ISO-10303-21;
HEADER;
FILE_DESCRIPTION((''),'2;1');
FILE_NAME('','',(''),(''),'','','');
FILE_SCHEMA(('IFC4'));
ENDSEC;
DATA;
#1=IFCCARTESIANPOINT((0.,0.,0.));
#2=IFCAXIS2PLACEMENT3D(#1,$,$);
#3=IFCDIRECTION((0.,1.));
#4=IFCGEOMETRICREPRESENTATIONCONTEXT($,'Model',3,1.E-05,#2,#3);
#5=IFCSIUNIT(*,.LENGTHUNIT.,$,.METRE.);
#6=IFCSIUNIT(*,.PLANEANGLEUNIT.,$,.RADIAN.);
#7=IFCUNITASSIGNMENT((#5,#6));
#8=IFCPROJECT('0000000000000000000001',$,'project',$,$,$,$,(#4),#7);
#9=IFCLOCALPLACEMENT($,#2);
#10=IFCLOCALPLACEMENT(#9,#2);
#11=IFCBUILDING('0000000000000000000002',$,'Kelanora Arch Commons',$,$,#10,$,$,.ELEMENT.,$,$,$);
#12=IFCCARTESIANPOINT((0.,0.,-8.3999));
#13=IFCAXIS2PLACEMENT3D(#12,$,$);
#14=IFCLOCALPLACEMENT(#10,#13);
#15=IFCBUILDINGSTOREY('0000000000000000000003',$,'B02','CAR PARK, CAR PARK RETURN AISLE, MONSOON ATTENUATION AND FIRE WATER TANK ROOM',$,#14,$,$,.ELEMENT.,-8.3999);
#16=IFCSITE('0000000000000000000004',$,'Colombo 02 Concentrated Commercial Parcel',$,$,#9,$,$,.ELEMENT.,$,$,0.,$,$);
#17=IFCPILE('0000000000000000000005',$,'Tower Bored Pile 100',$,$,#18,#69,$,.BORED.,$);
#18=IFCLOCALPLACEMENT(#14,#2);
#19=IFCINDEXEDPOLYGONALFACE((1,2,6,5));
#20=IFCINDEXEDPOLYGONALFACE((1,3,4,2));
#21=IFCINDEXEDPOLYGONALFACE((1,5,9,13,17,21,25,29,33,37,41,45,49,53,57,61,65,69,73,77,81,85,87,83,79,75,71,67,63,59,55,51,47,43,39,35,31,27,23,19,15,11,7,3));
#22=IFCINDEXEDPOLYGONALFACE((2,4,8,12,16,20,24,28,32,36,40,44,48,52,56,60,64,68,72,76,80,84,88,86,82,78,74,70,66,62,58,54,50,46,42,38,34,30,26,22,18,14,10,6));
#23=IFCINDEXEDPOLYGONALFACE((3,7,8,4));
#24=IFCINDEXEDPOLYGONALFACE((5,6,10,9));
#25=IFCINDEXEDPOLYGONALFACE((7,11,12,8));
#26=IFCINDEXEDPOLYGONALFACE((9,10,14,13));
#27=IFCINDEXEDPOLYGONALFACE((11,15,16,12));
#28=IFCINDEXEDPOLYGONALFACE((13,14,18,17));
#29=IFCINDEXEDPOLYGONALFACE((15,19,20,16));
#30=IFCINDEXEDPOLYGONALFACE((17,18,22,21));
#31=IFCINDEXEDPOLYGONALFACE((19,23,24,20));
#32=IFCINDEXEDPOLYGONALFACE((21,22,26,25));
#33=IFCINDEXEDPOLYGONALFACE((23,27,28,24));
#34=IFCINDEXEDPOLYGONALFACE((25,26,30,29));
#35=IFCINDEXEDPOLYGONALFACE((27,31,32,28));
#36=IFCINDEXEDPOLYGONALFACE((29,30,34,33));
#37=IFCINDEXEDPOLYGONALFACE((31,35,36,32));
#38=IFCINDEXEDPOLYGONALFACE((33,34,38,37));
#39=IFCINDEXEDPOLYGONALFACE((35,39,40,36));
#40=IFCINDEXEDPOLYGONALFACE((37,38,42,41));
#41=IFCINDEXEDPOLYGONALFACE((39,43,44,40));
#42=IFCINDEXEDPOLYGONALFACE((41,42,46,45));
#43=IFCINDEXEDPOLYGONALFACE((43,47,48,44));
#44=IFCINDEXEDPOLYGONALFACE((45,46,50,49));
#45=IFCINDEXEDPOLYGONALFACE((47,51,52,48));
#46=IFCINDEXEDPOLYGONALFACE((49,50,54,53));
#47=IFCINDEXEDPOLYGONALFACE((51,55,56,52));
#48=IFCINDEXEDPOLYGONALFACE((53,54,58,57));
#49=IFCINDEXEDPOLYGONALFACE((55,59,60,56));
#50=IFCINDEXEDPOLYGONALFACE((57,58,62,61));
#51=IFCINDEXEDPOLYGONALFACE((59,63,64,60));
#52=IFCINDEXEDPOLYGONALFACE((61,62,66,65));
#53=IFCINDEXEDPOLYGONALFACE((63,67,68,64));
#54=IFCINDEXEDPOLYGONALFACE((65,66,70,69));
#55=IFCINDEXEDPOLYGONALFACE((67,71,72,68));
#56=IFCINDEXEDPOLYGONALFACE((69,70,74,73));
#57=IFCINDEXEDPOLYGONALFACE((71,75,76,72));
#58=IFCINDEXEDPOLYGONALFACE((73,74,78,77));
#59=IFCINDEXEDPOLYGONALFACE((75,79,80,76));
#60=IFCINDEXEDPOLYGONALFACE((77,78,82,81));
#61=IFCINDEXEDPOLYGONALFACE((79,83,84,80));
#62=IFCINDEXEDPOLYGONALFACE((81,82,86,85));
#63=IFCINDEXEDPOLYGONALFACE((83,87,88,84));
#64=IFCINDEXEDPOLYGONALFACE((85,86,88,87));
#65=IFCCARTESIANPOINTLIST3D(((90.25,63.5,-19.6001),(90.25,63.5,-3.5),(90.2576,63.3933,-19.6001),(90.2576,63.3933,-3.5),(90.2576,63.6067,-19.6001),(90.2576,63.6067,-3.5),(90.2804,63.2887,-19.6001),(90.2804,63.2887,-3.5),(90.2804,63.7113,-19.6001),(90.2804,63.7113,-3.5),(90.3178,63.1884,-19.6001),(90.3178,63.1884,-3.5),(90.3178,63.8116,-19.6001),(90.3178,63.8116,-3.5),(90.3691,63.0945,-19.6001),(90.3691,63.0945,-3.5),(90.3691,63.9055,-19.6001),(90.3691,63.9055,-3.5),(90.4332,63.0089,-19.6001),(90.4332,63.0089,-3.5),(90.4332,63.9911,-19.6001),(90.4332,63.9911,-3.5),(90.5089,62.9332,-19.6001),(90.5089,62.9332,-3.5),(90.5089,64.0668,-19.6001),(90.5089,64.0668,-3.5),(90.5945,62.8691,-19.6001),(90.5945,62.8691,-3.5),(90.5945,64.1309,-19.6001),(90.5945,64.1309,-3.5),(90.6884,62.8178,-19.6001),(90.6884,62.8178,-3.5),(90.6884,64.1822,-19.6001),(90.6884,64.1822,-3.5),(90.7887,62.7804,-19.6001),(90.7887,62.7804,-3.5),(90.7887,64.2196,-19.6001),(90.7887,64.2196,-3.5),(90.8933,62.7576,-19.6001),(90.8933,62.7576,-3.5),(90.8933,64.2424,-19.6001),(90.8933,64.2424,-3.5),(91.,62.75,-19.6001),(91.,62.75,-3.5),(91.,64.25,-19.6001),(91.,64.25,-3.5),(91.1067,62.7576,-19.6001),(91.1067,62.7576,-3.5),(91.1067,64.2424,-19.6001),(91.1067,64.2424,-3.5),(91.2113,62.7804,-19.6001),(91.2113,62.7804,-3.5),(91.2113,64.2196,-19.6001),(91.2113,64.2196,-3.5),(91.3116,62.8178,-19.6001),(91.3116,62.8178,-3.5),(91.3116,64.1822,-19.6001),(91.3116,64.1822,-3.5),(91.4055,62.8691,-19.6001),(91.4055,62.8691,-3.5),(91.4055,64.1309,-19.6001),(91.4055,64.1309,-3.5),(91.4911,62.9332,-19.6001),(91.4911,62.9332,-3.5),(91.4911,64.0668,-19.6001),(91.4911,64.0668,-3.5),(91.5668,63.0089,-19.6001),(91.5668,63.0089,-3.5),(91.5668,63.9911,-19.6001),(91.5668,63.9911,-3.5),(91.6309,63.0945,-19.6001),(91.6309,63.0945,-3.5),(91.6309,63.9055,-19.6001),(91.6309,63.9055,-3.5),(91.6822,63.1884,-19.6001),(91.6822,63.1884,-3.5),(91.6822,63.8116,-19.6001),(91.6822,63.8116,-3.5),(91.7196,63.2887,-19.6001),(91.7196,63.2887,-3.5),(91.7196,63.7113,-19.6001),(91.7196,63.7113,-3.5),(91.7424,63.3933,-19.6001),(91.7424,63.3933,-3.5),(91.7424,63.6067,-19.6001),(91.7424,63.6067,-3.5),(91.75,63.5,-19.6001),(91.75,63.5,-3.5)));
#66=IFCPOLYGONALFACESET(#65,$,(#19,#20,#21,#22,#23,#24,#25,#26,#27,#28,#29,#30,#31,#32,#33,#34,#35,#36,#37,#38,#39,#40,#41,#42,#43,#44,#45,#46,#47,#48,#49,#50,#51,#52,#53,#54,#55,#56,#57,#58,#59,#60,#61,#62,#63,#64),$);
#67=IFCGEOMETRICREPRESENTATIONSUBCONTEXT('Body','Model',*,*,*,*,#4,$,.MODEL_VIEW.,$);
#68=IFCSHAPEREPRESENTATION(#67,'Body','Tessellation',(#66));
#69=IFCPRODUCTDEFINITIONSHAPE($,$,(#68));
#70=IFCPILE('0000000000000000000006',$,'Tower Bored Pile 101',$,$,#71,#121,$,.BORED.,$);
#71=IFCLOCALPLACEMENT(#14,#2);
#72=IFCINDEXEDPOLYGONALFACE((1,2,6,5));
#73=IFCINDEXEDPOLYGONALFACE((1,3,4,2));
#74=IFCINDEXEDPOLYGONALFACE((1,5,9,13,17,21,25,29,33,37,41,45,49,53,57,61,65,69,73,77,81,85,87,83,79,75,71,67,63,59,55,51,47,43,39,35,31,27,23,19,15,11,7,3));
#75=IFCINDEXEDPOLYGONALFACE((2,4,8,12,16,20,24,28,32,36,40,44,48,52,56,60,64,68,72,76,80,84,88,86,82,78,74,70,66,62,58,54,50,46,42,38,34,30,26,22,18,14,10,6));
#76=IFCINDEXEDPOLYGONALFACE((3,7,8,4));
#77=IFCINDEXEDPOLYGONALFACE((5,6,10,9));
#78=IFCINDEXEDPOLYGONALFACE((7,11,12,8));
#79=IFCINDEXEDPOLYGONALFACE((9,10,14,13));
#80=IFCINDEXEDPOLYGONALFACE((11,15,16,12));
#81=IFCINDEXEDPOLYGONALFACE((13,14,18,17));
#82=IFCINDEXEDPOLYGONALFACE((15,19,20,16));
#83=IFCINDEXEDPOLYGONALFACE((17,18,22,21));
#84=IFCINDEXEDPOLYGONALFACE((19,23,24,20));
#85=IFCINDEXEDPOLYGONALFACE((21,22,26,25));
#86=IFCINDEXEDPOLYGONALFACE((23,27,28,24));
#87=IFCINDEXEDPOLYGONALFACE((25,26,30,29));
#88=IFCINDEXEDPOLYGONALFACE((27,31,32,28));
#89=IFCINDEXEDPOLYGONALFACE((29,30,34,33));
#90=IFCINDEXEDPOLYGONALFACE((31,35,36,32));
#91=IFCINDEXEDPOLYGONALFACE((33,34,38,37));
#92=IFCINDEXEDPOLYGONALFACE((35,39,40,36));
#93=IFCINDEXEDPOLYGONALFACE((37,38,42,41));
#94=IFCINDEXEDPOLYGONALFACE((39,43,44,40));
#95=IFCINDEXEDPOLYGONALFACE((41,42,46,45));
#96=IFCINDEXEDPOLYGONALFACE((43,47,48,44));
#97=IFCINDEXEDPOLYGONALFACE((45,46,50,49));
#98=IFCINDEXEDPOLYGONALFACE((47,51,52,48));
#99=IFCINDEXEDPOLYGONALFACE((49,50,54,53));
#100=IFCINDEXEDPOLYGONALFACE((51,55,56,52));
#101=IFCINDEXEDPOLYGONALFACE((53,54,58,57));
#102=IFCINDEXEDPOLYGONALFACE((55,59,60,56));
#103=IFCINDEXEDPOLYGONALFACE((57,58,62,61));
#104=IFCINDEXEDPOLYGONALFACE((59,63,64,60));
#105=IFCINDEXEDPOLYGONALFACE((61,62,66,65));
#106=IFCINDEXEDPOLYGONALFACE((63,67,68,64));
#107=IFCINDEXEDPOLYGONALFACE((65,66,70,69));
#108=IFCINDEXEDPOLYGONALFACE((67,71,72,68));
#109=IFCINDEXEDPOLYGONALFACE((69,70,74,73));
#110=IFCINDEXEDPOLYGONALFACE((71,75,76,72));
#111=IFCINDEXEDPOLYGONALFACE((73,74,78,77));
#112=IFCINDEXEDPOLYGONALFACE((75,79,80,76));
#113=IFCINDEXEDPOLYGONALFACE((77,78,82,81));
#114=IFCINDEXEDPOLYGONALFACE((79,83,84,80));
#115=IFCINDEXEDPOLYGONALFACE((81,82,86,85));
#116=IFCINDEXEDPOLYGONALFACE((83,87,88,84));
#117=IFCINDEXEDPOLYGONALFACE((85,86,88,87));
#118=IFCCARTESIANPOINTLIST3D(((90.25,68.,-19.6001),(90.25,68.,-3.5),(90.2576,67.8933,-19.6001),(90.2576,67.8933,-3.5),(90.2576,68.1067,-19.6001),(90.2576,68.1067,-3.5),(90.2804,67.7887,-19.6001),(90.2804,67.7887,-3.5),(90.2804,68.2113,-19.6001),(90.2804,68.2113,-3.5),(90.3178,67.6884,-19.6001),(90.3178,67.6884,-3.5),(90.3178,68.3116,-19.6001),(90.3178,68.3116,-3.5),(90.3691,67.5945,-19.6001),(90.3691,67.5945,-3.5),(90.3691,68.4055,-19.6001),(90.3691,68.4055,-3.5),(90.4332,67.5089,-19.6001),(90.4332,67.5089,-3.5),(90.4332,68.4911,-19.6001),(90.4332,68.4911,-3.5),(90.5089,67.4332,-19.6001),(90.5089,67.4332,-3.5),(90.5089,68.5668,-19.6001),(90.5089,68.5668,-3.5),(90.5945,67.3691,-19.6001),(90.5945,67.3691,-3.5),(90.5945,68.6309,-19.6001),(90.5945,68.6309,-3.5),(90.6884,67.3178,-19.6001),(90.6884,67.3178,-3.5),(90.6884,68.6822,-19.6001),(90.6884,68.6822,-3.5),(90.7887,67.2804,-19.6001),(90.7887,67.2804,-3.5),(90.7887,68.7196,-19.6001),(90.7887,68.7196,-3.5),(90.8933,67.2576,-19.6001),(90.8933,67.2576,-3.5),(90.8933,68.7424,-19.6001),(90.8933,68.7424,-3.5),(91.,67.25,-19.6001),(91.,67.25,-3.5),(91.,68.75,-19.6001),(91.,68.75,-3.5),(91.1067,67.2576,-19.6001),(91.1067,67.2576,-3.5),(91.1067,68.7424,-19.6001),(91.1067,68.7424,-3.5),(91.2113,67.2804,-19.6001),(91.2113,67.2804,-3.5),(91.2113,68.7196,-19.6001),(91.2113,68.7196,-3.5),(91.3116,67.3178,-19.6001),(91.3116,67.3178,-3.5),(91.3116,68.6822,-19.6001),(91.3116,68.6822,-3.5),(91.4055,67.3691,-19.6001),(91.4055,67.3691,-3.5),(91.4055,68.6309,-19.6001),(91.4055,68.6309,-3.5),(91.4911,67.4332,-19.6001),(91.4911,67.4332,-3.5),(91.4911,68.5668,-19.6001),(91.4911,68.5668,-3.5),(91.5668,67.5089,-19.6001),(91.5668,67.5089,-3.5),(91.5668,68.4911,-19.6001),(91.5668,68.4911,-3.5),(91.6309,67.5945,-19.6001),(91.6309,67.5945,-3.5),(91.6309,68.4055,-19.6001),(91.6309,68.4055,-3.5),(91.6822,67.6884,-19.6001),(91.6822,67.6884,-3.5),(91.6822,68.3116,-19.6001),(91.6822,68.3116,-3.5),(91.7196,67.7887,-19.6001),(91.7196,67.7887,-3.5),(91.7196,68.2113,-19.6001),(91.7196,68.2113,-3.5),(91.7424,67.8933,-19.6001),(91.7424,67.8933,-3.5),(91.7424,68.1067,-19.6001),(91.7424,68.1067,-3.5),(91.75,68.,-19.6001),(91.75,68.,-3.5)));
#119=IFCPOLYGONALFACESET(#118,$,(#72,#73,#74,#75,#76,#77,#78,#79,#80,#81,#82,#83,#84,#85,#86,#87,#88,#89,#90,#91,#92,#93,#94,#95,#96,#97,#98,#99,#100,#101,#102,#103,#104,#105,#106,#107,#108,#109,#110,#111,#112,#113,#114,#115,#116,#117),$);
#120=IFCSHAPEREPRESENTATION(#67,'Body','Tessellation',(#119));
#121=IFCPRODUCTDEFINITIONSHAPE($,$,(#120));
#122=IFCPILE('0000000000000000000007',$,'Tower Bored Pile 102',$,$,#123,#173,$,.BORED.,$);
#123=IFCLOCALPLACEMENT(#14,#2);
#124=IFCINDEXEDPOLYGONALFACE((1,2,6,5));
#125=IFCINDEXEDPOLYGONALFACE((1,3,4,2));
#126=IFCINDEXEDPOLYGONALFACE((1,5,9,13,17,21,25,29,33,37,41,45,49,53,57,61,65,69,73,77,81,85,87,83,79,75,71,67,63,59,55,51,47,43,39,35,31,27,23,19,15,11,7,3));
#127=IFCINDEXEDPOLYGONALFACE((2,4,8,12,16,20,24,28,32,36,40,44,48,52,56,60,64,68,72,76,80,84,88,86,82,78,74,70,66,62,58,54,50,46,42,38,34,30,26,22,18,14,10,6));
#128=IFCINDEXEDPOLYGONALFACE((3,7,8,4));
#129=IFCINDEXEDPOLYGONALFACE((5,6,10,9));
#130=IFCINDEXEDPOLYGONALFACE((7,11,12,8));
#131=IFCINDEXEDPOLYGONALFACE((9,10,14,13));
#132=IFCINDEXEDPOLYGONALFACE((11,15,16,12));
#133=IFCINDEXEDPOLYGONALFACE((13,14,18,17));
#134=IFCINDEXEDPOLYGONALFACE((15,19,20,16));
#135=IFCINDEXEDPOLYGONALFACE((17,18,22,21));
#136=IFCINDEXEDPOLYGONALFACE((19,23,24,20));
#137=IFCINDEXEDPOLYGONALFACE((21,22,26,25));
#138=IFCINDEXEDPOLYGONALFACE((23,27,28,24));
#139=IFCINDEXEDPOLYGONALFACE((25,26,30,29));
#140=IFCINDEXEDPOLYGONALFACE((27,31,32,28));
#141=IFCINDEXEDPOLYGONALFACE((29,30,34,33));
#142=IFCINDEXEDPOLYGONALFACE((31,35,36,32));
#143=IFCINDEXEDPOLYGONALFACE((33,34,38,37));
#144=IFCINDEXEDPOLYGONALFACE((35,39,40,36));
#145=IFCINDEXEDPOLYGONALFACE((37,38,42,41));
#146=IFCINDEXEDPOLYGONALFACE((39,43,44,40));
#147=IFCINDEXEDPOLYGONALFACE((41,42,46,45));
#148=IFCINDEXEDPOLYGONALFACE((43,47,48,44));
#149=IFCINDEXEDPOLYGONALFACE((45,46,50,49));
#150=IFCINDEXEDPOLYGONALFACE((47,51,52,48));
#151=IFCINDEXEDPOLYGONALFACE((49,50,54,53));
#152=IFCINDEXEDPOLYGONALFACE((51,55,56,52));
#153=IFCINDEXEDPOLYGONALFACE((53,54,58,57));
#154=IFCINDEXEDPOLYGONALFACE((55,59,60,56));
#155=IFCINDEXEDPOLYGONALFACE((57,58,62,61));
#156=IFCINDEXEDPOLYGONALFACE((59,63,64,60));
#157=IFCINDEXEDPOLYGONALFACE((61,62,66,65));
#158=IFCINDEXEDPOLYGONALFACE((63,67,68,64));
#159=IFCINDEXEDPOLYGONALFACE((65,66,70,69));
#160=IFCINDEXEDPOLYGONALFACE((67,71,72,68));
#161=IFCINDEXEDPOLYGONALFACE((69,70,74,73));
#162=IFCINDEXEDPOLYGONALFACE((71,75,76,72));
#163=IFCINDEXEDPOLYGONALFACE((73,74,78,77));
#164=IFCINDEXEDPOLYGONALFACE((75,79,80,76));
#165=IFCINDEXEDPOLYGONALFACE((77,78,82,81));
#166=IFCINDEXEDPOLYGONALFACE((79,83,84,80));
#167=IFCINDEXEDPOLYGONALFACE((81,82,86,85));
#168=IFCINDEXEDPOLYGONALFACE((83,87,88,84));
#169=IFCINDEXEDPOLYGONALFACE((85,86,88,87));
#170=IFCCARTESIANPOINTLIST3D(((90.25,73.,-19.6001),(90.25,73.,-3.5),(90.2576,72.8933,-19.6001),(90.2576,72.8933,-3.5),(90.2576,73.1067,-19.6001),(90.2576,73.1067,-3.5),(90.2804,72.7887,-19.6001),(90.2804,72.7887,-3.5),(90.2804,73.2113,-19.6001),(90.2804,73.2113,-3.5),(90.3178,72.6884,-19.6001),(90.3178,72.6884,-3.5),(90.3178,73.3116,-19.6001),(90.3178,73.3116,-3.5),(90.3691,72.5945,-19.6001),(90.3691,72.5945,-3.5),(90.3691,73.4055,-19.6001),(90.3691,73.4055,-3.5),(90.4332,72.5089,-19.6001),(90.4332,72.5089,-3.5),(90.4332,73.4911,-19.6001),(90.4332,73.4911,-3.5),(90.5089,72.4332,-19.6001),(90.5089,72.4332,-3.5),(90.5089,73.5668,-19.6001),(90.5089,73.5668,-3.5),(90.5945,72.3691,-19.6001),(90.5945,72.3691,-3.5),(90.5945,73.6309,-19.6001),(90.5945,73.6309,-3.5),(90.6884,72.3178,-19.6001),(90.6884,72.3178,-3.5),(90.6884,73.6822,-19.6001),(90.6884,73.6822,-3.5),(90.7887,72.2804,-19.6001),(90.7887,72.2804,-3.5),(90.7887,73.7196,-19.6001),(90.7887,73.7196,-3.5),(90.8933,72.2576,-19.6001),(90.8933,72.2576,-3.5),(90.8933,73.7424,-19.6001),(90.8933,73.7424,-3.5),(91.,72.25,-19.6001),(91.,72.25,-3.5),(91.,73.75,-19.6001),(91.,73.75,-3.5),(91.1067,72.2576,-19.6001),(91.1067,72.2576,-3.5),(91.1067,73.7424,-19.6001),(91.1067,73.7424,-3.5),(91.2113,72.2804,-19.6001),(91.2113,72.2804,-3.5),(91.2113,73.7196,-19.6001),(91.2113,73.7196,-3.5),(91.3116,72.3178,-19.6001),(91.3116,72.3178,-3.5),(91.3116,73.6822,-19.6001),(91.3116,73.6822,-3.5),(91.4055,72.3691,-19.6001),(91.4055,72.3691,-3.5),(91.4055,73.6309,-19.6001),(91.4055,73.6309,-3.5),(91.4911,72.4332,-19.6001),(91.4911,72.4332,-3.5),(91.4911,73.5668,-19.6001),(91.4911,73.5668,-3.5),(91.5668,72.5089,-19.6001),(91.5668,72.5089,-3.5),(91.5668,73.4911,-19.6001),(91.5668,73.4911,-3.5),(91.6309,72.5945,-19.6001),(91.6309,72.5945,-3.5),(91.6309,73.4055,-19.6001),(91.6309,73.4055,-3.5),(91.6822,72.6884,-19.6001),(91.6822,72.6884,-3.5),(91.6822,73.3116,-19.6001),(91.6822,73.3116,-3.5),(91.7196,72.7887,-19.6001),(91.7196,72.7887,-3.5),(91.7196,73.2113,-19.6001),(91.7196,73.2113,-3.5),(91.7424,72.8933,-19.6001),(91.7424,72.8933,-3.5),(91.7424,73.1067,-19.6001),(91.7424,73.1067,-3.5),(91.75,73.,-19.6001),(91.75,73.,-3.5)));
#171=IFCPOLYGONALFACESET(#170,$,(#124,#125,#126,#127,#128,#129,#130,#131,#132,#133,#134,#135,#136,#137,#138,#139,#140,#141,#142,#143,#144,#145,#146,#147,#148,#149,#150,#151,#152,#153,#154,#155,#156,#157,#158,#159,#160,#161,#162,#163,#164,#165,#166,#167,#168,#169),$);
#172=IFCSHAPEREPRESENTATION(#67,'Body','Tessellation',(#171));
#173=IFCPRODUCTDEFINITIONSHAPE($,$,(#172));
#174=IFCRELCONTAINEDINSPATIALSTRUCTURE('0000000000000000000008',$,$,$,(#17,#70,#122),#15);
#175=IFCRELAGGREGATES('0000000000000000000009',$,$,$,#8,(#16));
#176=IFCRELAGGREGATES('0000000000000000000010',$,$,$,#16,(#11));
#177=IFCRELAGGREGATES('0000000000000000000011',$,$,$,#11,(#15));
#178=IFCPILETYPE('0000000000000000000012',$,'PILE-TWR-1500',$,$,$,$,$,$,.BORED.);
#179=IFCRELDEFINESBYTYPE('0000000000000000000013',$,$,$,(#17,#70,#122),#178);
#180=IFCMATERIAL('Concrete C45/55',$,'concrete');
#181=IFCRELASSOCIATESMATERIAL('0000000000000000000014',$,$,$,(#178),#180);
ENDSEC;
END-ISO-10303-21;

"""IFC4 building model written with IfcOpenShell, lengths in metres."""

from ifc_helpers import new_model, si_unit, direction, frame, origin, origin_2d, place, context, subcontext, project, spatial, circle, extrude, source, transform, mapped, material, material_profile, profile_set, type_object, element, save


model = new_model("IFC4")

# Units and contexts
model_context = context("Model", 3, precision=1e-05, world=origin(), true_north=direction((0.0, 1.0)))
body_context = subcontext(model_context, "Body", "Model", "MODEL_VIEW")
ifc_project = project(units=[si_unit("LENGTHUNIT", "METRE"), si_unit("PLANEANGLEUNIT", "RADIAN")], contexts=[model_context])

# Site, building, storey
site_placement = place(None, origin())
site = spatial("IfcSite", under=ifc_project, at=site_placement, Name="Colombo 02 Concentrated Commercial Parcel", CompositionType="ELEMENT", RefElevation=0.0)
building_placement = place(site_placement, origin())
building = spatial("IfcBuilding", under=site, at=building_placement, Name="Kelanora Arch Commons", CompositionType="ELEMENT")
storey_placement = place(building_placement, frame((0.0, 0.0, -8.3999)))
storey = spatial("IfcBuildingStorey", under=building, at=storey_placement, Name="B02", Description="CAR PARK, CAR PARK RETURN AISLE, MONSOON ATTENUATION AND FIRE WATER TANK ROOM", CompositionType="ELEMENT", Elevation=-8.3999)

# Piles
ifc_material_1 = material(Name="Concrete C45/55", Category="concrete")
ifc_material_profile_1 = material_profile(ifc_material_1, circle(Radius=0.75, at=origin_2d()), Name="PILE1500")
ifc_profile_set_1 = profile_set([ifc_material_profile_1], Name="Concrete C45/55")
pile_type = type_object("IfcPileType", Name="PILE-TWR-1500", PredefinedType="BORED", material=ifc_profile_set_1)
shared_shape = source(origin(), body_context, "Body", "SweptSolid", [
    extrude(circle(Radius=0.75, at=origin_2d()), origin(), (0.0, 0.0, 1.0), 16.1001),
])
for number, where, z_axis, x_axis, name in (
    (1, (91.0, 63.5, -3.5), (0.0, 0.0, -1.0), (1.0, 0.0, 0.0), "Tower Bored Pile 100"),
    (2, (91.0, 68.0, -3.5), (0.0, 0.0, -1.0), (1.0, 0.0, 0.0), "Tower Bored Pile 101"),
    (3, (91.0, 73.0, -3.5), (0.0, 0.0, -1.0), (1.0, 0.0, 0.0), "Tower Bored Pile 102"),
):
    element("IfcPile", number, at=place(storey_placement, frame(where, z_axis=z_axis, x_axis=x_axis)), inside=storey, type_object=pile_type, Name=name, PredefinedType="BORED", context=body_context, shape_type="MappedRepresentation", body=[
        mapped(shared_shape, transform((0.0, 0.0, 0.0), scale=1.0)),
    ])

save(model, "model.ifc")
